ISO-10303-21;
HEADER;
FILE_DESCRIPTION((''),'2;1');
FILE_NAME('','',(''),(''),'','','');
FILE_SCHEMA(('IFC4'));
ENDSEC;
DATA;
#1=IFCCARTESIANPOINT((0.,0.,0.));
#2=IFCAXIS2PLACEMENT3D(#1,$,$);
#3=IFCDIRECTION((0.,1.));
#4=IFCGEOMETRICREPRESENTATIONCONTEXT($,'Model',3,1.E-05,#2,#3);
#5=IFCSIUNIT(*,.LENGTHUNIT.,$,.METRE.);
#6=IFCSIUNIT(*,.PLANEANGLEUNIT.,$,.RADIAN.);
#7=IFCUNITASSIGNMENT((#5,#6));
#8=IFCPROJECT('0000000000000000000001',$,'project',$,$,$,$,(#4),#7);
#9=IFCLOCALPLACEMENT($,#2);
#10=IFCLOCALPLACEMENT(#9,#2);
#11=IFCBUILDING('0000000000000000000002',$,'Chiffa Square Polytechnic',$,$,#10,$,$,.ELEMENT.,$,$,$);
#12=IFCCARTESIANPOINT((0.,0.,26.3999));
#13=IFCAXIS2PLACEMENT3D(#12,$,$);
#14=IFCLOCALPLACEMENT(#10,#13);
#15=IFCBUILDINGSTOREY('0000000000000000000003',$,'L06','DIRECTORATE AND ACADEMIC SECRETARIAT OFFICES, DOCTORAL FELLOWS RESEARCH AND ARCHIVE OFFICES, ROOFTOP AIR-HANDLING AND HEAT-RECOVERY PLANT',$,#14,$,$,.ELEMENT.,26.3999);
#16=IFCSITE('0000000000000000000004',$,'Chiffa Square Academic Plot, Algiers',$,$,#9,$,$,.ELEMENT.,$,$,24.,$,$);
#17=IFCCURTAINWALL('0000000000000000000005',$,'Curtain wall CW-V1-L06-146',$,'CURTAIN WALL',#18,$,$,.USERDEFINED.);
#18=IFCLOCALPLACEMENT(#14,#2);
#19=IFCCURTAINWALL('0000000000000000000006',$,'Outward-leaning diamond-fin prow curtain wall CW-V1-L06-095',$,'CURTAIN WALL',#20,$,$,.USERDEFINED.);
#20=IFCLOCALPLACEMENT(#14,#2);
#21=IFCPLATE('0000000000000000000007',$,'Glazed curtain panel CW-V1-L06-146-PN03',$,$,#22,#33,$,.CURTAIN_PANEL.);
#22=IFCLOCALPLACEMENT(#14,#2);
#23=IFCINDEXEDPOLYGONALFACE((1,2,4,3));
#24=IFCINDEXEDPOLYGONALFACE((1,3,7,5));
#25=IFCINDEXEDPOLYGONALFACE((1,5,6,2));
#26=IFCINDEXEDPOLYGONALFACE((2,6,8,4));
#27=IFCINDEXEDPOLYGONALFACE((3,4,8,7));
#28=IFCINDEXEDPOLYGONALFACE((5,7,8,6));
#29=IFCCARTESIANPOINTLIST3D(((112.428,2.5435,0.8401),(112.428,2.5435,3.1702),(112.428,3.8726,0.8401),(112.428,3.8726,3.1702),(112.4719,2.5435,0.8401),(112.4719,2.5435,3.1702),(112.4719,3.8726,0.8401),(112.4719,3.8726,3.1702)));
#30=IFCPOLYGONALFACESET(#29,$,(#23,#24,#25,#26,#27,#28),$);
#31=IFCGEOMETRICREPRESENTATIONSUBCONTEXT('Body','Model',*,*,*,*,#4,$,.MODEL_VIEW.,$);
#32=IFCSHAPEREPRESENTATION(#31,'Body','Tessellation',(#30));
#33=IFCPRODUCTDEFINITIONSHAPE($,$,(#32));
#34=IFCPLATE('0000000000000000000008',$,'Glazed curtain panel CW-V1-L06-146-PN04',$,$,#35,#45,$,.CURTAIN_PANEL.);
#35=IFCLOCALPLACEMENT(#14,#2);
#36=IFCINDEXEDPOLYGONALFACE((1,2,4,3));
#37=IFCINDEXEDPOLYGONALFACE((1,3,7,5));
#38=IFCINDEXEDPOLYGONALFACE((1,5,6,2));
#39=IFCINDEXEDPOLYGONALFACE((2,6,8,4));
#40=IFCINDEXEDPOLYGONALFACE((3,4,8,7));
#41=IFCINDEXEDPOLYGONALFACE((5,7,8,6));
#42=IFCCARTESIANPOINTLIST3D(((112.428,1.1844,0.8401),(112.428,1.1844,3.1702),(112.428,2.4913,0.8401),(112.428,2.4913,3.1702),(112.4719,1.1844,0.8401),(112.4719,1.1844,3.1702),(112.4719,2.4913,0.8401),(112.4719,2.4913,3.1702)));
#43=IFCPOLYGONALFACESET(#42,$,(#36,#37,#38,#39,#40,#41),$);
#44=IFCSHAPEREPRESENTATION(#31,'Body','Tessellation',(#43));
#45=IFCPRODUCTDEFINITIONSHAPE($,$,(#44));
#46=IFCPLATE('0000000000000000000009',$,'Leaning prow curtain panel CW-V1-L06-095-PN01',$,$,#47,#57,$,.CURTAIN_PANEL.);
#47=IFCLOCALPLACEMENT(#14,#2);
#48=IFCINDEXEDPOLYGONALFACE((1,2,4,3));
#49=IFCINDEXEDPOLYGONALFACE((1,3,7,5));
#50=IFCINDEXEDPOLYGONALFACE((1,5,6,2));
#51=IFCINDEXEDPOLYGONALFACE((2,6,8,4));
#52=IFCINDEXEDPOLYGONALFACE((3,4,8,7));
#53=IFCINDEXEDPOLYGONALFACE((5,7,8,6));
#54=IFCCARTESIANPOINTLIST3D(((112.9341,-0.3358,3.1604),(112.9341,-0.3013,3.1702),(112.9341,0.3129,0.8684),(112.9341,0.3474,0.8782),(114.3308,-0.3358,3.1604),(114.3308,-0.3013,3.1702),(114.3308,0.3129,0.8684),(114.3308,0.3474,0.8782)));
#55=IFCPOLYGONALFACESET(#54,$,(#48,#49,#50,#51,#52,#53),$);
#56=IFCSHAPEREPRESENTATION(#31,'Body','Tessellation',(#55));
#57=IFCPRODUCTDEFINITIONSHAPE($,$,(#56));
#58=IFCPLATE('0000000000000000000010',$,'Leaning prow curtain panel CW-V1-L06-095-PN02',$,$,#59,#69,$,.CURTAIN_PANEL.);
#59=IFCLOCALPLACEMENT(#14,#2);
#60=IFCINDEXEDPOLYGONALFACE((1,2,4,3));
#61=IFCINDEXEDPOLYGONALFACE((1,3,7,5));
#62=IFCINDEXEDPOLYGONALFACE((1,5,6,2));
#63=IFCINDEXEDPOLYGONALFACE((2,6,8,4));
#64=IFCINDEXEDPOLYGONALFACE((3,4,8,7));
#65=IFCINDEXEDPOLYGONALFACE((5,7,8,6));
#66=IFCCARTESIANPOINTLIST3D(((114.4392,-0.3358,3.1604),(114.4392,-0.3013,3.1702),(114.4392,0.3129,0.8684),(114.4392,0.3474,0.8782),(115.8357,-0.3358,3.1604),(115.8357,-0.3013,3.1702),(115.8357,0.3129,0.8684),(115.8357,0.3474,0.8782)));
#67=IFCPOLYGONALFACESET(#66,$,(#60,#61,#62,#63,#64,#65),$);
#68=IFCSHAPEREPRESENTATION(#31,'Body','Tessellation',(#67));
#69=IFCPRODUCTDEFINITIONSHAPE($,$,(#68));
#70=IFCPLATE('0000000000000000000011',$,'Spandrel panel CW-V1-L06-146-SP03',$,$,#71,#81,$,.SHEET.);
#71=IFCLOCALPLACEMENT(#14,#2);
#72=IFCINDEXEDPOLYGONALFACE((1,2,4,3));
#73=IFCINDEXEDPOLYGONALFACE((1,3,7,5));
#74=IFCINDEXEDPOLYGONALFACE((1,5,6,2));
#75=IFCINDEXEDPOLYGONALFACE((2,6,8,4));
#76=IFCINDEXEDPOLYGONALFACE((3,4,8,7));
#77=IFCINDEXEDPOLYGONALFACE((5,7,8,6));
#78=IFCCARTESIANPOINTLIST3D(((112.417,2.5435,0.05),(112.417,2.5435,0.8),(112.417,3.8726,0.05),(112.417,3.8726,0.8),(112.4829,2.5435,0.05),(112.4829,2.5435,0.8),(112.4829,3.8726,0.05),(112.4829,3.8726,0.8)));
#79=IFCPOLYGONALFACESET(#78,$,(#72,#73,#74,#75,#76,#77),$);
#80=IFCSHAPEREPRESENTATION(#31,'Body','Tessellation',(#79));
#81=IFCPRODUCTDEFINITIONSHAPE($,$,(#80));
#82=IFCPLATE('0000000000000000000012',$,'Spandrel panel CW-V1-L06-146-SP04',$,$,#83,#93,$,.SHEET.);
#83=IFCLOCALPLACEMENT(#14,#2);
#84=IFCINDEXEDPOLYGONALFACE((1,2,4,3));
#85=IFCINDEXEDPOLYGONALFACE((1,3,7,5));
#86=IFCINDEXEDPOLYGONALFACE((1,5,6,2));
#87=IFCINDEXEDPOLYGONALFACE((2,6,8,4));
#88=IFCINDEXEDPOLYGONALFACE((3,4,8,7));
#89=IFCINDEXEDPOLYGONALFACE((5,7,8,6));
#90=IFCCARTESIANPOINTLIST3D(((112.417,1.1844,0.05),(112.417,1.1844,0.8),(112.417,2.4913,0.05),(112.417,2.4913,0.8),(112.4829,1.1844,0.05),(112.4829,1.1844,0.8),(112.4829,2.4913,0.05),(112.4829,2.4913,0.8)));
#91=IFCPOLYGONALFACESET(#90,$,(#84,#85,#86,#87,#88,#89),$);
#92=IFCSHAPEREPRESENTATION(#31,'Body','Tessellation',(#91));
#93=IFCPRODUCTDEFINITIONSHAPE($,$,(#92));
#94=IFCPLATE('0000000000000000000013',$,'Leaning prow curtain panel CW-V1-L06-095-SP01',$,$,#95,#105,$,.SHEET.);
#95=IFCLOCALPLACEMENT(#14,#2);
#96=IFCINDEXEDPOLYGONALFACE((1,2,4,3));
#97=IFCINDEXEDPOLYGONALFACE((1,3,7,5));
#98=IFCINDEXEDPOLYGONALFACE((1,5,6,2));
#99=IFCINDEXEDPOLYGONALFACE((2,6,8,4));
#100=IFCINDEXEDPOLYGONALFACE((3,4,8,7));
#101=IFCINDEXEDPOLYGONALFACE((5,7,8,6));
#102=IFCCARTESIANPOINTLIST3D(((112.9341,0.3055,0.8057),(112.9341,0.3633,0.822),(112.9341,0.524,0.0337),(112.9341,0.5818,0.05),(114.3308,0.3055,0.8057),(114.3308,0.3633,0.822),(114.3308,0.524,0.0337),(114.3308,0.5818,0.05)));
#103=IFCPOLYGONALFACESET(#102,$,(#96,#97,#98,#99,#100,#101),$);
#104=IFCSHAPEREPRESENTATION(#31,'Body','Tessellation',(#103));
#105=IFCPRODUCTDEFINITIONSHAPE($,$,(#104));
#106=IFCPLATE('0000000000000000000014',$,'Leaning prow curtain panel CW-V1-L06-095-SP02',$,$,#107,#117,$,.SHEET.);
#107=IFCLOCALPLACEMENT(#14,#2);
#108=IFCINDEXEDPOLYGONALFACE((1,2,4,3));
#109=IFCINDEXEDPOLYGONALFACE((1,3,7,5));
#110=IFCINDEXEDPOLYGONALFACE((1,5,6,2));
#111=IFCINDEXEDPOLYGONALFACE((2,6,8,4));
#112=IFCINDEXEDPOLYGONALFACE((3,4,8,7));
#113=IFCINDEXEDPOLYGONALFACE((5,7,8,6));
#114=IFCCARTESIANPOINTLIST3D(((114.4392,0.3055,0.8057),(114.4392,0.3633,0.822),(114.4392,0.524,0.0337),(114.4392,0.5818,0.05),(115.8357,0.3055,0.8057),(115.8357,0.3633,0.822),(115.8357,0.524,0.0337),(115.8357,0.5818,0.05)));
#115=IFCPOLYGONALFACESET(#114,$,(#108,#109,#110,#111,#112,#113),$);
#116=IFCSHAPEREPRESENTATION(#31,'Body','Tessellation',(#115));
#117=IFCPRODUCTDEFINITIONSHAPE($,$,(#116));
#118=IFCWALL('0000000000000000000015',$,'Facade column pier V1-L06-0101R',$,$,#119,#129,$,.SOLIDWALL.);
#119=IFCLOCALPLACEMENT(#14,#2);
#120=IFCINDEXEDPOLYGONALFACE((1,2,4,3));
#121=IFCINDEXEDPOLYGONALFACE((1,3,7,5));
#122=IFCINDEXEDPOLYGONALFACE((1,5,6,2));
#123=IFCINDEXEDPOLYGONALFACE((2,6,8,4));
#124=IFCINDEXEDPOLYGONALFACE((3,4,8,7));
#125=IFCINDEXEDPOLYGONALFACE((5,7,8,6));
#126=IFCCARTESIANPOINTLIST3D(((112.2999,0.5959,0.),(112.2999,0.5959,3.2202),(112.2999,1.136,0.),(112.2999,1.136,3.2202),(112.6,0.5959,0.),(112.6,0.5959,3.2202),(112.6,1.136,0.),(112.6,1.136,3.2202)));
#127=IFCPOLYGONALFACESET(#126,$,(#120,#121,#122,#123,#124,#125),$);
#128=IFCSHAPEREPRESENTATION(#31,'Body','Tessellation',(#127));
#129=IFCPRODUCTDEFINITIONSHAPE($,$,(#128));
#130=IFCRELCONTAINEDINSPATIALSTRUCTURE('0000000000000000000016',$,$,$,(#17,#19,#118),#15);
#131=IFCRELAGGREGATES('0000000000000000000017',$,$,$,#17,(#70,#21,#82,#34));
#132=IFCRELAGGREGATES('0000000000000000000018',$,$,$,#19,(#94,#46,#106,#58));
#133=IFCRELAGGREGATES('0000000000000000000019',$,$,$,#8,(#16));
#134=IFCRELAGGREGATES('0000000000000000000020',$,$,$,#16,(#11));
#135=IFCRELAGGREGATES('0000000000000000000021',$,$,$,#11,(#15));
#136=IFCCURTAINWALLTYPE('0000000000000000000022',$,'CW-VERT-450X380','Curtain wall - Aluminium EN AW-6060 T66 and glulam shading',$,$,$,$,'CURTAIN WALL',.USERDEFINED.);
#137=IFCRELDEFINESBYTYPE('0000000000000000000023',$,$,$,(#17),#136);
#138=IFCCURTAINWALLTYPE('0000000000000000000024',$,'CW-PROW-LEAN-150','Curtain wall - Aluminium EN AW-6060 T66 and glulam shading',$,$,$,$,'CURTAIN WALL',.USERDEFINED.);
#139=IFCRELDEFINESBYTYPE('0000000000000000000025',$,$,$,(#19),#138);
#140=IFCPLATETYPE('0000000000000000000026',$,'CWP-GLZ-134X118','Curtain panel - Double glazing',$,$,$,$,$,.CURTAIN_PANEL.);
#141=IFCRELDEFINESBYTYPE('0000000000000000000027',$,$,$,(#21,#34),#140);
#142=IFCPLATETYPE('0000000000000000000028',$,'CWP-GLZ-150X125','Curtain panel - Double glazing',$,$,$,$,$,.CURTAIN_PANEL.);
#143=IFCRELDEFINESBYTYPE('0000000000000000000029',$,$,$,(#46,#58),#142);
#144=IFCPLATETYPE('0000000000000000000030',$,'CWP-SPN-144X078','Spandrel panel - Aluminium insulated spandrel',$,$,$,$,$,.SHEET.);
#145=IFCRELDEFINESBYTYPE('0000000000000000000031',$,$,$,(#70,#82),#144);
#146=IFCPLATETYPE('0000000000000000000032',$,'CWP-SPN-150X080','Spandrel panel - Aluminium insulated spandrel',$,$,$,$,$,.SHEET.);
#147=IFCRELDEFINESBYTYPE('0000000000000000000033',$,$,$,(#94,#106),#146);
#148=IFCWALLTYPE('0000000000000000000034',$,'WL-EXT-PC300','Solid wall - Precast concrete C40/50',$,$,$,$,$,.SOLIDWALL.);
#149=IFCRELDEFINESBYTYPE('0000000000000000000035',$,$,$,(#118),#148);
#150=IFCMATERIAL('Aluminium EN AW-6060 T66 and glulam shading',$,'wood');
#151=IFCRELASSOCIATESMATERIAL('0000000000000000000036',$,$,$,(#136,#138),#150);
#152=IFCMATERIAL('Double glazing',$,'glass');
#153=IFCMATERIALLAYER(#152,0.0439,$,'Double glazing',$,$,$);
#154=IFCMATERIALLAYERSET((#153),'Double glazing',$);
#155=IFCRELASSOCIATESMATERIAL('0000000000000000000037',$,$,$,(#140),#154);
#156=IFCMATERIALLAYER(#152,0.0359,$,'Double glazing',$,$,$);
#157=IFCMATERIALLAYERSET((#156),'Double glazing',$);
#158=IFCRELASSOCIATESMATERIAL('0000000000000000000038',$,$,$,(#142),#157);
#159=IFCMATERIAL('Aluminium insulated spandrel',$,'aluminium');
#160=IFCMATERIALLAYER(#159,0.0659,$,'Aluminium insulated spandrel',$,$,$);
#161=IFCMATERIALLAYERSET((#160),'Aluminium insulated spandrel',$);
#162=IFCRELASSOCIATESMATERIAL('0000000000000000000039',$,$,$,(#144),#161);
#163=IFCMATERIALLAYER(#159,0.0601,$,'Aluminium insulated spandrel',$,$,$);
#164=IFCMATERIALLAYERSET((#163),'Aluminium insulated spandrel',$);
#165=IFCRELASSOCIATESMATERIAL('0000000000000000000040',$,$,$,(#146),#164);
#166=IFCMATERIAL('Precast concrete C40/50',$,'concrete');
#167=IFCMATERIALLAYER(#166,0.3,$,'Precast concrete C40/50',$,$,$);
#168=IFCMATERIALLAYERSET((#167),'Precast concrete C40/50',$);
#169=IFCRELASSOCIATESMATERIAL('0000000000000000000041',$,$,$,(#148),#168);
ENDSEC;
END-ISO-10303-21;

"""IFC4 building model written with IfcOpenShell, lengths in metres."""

from ifc_helpers import new_model, si_unit, direction, frame, frame_2d, origin, origin_2d, place, context, subcontext, project, spatial, polyline, rectangle, outline, extrude, material, layer, layer_set, type_object, element, aggregate, save


model = new_model("IFC4")

# Units and contexts
model_context = context("Model", 3, precision=1e-05, world=origin(), true_north=direction((0.0, 1.0)))
body_context = subcontext(model_context, "Body", "Model", "MODEL_VIEW")
ifc_project = project(units=[si_unit("LENGTHUNIT", "METRE"), si_unit("PLANEANGLEUNIT", "RADIAN")], contexts=[model_context])

# Site, building, storey
site_placement = place(None, origin())
site = spatial("IfcSite", under=ifc_project, at=site_placement, Name="Chiffa Square Academic Plot, Algiers", CompositionType="ELEMENT", RefElevation=24.0)
building_placement = place(site_placement, origin())
building = spatial("IfcBuilding", under=site, at=building_placement, Name="Chiffa Square Polytechnic", CompositionType="ELEMENT")
storey_placement = place(building_placement, frame((0.0, 0.0, 26.3999)))
storey = spatial("IfcBuildingStorey", under=building, at=storey_placement, Name="L06", Description="DIRECTORATE AND ACADEMIC SECRETARIAT OFFICES, DOCTORAL FELLOWS RESEARCH AND ARCHIVE OFFICES, ROOFTOP AIR-HANDLING AND HEAT-RECOVERY PLANT", CompositionType="ELEMENT", Elevation=26.3999)

# Curtain walls
ifc_material_1 = material(Name="Aluminium EN AW-6060 T66 and glulam shading", Category="wood")
curtain_wall_type_1 = type_object("IfcCurtainWallType", Name="CW-VERT-450X380", Description="Curtain wall - Aluminium EN AW-6060 T66 and glulam shading", ElementType="CURTAIN WALL", PredefinedType="USERDEFINED", material=ifc_material_1)
curtain_wall_1_placement = place(storey_placement, origin())
curtain_wall_1 = element("IfcCurtainWall", 1, at=curtain_wall_1_placement, inside=storey, type_object=curtain_wall_type_1, Name="Curtain wall CW-V1-L06-146", ObjectType="CURTAIN WALL", PredefinedType="USERDEFINED")
curtain_wall_type_2 = type_object("IfcCurtainWallType", Name="CW-PROW-LEAN-150", Description="Curtain wall - Aluminium EN AW-6060 T66 and glulam shading", ElementType="CURTAIN WALL", PredefinedType="USERDEFINED", material=ifc_material_1)
curtain_wall_2_placement = place(storey_placement, origin())
curtain_wall_2 = element("IfcCurtainWall", 2, at=curtain_wall_2_placement, inside=storey, type_object=curtain_wall_type_2, Name="Outward-leaning diamond-fin prow curtain wall CW-V1-L06-095", ObjectType="CURTAIN WALL", PredefinedType="USERDEFINED")

# Plates
ifc_material_2 = material(Name="Double glazing", Category="glass")
ifc_layer_1 = layer(ifc_material_2, 0.0439, Name="Double glazing")
ifc_layer_set_1 = layer_set([ifc_layer_1], Name="Double glazing")
plate_type_1 = type_object("IfcPlateType", Name="CWP-GLZ-134X118", Description="Curtain panel - Double glazing", PredefinedType="CURTAIN_PANEL", material=ifc_layer_set_1)
plate_1_placement = place(storey_placement, frame((112.45, 3.208, 0.8401), z_axis=(0.0, 0.0, 1.0), x_axis=(0.0, -1.0, 0.0)))
plate_1 = element("IfcPlate", 3, at=plate_1_placement, type_object=plate_type_1, Name="Glazed curtain panel CW-V1-L06-146-PN03", PredefinedType="CURTAIN_PANEL", context=body_context, shape_type="SweptSolid", body=[
    extrude(rectangle(XDim=1.3291, YDim=0.0439, at=origin_2d()), origin(), (0.0, 0.0, 1.0), 2.3301),
])
plate_2_placement = place(storey_placement, frame((112.45, 1.8379, 0.8401), z_axis=(0.0, 0.0, 1.0), x_axis=(0.0, -1.0, 0.0)))
plate_2 = element("IfcPlate", 4, at=plate_2_placement, type_object=plate_type_1, Name="Glazed curtain panel CW-V1-L06-146-PN04", PredefinedType="CURTAIN_PANEL", context=body_context, shape_type="SweptSolid", body=[
    extrude(rectangle(XDim=1.3069, YDim=0.0439, at=origin_2d()), origin(), (0.0, 0.0, 1.0), 2.3301),
])
ifc_layer_2 = layer(ifc_material_2, 0.0359, Name="Double glazing")
ifc_layer_set_2 = layer_set([ifc_layer_2], Name="Double glazing")
plate_type_2 = type_object("IfcPlateType", Name="CWP-GLZ-150X125", Description="Curtain panel - Double glazing", PredefinedType="CURTAIN_PANEL", material=ifc_layer_set_2)
plate_3_placement = place(storey_placement, frame((112.9341, 0.3474, 0.8782), z_axis=(0.0, 0.962206, 0.272324), x_axis=(1.0, 0.0, 0.0)))
plate_3 = element("IfcPlate", 5, at=plate_3_placement, type_object=plate_type_2, Name="Leaning prow curtain panel CW-V1-L06-095-PN01", PredefinedType="CURTAIN_PANEL", context=body_context, shape_type="SweptSolid", body=[
    extrude(outline(polyline([(0.0, 0.0), (1.3967, 0.0), (1.3967, -2.382), (0.0, -2.382), (0.0, 0.0)])), origin(), (0.0, 0.0, -1.0), 0.0359),
])
plate_4_placement = place(storey_placement, frame((114.4392, 0.3474, 0.8782), z_axis=(0.0, 0.962206, 0.272324), x_axis=(1.0, 0.0, 0.0)))
plate_4 = element("IfcPlate", 6, at=plate_4_placement, type_object=plate_type_2, Name="Leaning prow curtain panel CW-V1-L06-095-PN02", PredefinedType="CURTAIN_PANEL", context=body_context, shape_type="SweptSolid", body=[
    extrude(outline(polyline([(0.0, 0.0), (1.3965, 0.0), (1.3965, -2.382), (0.0, -2.382), (0.0, 0.0)])), origin(), (0.0, 0.0, -1.0), 0.0359),
])
ifc_material_3 = material(Name="Aluminium insulated spandrel", Category="aluminium")
ifc_layer_3 = layer(ifc_material_3, 0.0659, Name="Aluminium insulated spandrel")
ifc_layer_set_3 = layer_set([ifc_layer_3], Name="Aluminium insulated spandrel")
plate_type_3 = type_object("IfcPlateType", Name="CWP-SPN-144X078", Description="Spandrel panel - Aluminium insulated spandrel", PredefinedType="SHEET", material=ifc_layer_set_3)
plate_5_placement = place(storey_placement, frame((112.45, 3.208, 0.05), z_axis=(0.0, 0.0, 1.0), x_axis=(0.0, -1.0, 0.0)))
plate_5 = element("IfcPlate", 7, at=plate_5_placement, type_object=plate_type_3, Name="Spandrel panel CW-V1-L06-146-SP03", PredefinedType="SHEET", context=body_context, shape_type="SweptSolid", body=[
    extrude(rectangle(XDim=1.3291, YDim=0.0659, at=origin_2d()), origin(), (0.0, 0.0, 1.0), 0.75),
])
plate_6_placement = place(storey_placement, frame((112.45, 1.8379, 0.05), z_axis=(0.0, 0.0, 1.0), x_axis=(0.0, -1.0, 0.0)))
plate_6 = element("IfcPlate", 8, at=plate_6_placement, type_object=plate_type_3, Name="Spandrel panel CW-V1-L06-146-SP04", PredefinedType="SHEET", context=body_context, shape_type="SweptSolid", body=[
    extrude(rectangle(XDim=1.3069, YDim=0.0659, at=origin_2d()), origin(), (0.0, 0.0, 1.0), 0.75),
])
aggregate(curtain_wall_1, [plate_5, plate_1, plate_6, plate_2])
ifc_layer_4 = layer(ifc_material_3, 0.0601, Name="Aluminium insulated spandrel")
ifc_layer_set_4 = layer_set([ifc_layer_4], Name="Aluminium insulated spandrel")
plate_type_4 = type_object("IfcPlateType", Name="CWP-SPN-150X080", Description="Spandrel panel - Aluminium insulated spandrel", PredefinedType="SHEET", material=ifc_layer_set_4)
plate_7_placement = place(storey_placement, frame((112.9341, 0.5818, 0.05), z_axis=(0.0, 0.962199, 0.272349), x_axis=(1.0, 0.0, 0.0)))
plate_7 = element("IfcPlate", 9, at=plate_7_placement, type_object=plate_type_4, Name="Leaning prow curtain panel CW-V1-L06-095-SP01", PredefinedType="SHEET", context=body_context, shape_type="SweptSolid", body=[
    extrude(outline(polyline([(0.0, 0.0), (1.3967, 0.0), (1.3967, -0.8023), (0.0, -0.8023), (0.0, 0.0)])), origin(), (0.0, 0.0, -1.0), 0.0601),
])
plate_8_placement = place(storey_placement, frame((114.4392, 0.5818, 0.05), z_axis=(0.0, 0.962199, 0.272349), x_axis=(1.0, 0.0, 0.0)))
plate_8 = element("IfcPlate", 10, at=plate_8_placement, type_object=plate_type_4, Name="Leaning prow curtain panel CW-V1-L06-095-SP02", PredefinedType="SHEET", context=body_context, shape_type="SweptSolid", body=[
    extrude(outline(polyline([(0.0, 0.0), (1.3965, 0.0), (1.3965, -0.8023), (0.0, -0.8023), (0.0, 0.0)])), origin(), (0.0, 0.0, -1.0), 0.0601),
])
aggregate(curtain_wall_2, [plate_7, plate_3, plate_8, plate_4])

# Wall
ifc_material_4 = material(Name="Precast concrete C40/50", Category="concrete")
ifc_layer_5 = layer(ifc_material_4, 0.3, Name="Precast concrete C40/50")
ifc_layer_set_5 = layer_set([ifc_layer_5], Name="Precast concrete C40/50")
wall_type = type_object("IfcWallType", Name="WL-EXT-PC300", Description="Solid wall - Precast concrete C40/50", PredefinedType="SOLIDWALL", material=ifc_layer_set_5)
wall_placement = place(storey_placement, frame((112.45, 1.136, 0.0), z_axis=(0.0, 0.0, 1.0), x_axis=(0.0, -1.0, 0.0)))
element("IfcWall", 11, at=wall_placement, inside=storey, type_object=wall_type, Name="Facade column pier V1-L06-0101R", PredefinedType="SOLIDWALL", context=body_context, shape_type="SweptSolid", body=[
    extrude(rectangle(XDim=0.54, YDim=0.3, at=frame_2d((0.27, 0.0))), origin(), (0.0, 0.0, 1.0), 3.2202),
])

save(model, "model.ifc")
